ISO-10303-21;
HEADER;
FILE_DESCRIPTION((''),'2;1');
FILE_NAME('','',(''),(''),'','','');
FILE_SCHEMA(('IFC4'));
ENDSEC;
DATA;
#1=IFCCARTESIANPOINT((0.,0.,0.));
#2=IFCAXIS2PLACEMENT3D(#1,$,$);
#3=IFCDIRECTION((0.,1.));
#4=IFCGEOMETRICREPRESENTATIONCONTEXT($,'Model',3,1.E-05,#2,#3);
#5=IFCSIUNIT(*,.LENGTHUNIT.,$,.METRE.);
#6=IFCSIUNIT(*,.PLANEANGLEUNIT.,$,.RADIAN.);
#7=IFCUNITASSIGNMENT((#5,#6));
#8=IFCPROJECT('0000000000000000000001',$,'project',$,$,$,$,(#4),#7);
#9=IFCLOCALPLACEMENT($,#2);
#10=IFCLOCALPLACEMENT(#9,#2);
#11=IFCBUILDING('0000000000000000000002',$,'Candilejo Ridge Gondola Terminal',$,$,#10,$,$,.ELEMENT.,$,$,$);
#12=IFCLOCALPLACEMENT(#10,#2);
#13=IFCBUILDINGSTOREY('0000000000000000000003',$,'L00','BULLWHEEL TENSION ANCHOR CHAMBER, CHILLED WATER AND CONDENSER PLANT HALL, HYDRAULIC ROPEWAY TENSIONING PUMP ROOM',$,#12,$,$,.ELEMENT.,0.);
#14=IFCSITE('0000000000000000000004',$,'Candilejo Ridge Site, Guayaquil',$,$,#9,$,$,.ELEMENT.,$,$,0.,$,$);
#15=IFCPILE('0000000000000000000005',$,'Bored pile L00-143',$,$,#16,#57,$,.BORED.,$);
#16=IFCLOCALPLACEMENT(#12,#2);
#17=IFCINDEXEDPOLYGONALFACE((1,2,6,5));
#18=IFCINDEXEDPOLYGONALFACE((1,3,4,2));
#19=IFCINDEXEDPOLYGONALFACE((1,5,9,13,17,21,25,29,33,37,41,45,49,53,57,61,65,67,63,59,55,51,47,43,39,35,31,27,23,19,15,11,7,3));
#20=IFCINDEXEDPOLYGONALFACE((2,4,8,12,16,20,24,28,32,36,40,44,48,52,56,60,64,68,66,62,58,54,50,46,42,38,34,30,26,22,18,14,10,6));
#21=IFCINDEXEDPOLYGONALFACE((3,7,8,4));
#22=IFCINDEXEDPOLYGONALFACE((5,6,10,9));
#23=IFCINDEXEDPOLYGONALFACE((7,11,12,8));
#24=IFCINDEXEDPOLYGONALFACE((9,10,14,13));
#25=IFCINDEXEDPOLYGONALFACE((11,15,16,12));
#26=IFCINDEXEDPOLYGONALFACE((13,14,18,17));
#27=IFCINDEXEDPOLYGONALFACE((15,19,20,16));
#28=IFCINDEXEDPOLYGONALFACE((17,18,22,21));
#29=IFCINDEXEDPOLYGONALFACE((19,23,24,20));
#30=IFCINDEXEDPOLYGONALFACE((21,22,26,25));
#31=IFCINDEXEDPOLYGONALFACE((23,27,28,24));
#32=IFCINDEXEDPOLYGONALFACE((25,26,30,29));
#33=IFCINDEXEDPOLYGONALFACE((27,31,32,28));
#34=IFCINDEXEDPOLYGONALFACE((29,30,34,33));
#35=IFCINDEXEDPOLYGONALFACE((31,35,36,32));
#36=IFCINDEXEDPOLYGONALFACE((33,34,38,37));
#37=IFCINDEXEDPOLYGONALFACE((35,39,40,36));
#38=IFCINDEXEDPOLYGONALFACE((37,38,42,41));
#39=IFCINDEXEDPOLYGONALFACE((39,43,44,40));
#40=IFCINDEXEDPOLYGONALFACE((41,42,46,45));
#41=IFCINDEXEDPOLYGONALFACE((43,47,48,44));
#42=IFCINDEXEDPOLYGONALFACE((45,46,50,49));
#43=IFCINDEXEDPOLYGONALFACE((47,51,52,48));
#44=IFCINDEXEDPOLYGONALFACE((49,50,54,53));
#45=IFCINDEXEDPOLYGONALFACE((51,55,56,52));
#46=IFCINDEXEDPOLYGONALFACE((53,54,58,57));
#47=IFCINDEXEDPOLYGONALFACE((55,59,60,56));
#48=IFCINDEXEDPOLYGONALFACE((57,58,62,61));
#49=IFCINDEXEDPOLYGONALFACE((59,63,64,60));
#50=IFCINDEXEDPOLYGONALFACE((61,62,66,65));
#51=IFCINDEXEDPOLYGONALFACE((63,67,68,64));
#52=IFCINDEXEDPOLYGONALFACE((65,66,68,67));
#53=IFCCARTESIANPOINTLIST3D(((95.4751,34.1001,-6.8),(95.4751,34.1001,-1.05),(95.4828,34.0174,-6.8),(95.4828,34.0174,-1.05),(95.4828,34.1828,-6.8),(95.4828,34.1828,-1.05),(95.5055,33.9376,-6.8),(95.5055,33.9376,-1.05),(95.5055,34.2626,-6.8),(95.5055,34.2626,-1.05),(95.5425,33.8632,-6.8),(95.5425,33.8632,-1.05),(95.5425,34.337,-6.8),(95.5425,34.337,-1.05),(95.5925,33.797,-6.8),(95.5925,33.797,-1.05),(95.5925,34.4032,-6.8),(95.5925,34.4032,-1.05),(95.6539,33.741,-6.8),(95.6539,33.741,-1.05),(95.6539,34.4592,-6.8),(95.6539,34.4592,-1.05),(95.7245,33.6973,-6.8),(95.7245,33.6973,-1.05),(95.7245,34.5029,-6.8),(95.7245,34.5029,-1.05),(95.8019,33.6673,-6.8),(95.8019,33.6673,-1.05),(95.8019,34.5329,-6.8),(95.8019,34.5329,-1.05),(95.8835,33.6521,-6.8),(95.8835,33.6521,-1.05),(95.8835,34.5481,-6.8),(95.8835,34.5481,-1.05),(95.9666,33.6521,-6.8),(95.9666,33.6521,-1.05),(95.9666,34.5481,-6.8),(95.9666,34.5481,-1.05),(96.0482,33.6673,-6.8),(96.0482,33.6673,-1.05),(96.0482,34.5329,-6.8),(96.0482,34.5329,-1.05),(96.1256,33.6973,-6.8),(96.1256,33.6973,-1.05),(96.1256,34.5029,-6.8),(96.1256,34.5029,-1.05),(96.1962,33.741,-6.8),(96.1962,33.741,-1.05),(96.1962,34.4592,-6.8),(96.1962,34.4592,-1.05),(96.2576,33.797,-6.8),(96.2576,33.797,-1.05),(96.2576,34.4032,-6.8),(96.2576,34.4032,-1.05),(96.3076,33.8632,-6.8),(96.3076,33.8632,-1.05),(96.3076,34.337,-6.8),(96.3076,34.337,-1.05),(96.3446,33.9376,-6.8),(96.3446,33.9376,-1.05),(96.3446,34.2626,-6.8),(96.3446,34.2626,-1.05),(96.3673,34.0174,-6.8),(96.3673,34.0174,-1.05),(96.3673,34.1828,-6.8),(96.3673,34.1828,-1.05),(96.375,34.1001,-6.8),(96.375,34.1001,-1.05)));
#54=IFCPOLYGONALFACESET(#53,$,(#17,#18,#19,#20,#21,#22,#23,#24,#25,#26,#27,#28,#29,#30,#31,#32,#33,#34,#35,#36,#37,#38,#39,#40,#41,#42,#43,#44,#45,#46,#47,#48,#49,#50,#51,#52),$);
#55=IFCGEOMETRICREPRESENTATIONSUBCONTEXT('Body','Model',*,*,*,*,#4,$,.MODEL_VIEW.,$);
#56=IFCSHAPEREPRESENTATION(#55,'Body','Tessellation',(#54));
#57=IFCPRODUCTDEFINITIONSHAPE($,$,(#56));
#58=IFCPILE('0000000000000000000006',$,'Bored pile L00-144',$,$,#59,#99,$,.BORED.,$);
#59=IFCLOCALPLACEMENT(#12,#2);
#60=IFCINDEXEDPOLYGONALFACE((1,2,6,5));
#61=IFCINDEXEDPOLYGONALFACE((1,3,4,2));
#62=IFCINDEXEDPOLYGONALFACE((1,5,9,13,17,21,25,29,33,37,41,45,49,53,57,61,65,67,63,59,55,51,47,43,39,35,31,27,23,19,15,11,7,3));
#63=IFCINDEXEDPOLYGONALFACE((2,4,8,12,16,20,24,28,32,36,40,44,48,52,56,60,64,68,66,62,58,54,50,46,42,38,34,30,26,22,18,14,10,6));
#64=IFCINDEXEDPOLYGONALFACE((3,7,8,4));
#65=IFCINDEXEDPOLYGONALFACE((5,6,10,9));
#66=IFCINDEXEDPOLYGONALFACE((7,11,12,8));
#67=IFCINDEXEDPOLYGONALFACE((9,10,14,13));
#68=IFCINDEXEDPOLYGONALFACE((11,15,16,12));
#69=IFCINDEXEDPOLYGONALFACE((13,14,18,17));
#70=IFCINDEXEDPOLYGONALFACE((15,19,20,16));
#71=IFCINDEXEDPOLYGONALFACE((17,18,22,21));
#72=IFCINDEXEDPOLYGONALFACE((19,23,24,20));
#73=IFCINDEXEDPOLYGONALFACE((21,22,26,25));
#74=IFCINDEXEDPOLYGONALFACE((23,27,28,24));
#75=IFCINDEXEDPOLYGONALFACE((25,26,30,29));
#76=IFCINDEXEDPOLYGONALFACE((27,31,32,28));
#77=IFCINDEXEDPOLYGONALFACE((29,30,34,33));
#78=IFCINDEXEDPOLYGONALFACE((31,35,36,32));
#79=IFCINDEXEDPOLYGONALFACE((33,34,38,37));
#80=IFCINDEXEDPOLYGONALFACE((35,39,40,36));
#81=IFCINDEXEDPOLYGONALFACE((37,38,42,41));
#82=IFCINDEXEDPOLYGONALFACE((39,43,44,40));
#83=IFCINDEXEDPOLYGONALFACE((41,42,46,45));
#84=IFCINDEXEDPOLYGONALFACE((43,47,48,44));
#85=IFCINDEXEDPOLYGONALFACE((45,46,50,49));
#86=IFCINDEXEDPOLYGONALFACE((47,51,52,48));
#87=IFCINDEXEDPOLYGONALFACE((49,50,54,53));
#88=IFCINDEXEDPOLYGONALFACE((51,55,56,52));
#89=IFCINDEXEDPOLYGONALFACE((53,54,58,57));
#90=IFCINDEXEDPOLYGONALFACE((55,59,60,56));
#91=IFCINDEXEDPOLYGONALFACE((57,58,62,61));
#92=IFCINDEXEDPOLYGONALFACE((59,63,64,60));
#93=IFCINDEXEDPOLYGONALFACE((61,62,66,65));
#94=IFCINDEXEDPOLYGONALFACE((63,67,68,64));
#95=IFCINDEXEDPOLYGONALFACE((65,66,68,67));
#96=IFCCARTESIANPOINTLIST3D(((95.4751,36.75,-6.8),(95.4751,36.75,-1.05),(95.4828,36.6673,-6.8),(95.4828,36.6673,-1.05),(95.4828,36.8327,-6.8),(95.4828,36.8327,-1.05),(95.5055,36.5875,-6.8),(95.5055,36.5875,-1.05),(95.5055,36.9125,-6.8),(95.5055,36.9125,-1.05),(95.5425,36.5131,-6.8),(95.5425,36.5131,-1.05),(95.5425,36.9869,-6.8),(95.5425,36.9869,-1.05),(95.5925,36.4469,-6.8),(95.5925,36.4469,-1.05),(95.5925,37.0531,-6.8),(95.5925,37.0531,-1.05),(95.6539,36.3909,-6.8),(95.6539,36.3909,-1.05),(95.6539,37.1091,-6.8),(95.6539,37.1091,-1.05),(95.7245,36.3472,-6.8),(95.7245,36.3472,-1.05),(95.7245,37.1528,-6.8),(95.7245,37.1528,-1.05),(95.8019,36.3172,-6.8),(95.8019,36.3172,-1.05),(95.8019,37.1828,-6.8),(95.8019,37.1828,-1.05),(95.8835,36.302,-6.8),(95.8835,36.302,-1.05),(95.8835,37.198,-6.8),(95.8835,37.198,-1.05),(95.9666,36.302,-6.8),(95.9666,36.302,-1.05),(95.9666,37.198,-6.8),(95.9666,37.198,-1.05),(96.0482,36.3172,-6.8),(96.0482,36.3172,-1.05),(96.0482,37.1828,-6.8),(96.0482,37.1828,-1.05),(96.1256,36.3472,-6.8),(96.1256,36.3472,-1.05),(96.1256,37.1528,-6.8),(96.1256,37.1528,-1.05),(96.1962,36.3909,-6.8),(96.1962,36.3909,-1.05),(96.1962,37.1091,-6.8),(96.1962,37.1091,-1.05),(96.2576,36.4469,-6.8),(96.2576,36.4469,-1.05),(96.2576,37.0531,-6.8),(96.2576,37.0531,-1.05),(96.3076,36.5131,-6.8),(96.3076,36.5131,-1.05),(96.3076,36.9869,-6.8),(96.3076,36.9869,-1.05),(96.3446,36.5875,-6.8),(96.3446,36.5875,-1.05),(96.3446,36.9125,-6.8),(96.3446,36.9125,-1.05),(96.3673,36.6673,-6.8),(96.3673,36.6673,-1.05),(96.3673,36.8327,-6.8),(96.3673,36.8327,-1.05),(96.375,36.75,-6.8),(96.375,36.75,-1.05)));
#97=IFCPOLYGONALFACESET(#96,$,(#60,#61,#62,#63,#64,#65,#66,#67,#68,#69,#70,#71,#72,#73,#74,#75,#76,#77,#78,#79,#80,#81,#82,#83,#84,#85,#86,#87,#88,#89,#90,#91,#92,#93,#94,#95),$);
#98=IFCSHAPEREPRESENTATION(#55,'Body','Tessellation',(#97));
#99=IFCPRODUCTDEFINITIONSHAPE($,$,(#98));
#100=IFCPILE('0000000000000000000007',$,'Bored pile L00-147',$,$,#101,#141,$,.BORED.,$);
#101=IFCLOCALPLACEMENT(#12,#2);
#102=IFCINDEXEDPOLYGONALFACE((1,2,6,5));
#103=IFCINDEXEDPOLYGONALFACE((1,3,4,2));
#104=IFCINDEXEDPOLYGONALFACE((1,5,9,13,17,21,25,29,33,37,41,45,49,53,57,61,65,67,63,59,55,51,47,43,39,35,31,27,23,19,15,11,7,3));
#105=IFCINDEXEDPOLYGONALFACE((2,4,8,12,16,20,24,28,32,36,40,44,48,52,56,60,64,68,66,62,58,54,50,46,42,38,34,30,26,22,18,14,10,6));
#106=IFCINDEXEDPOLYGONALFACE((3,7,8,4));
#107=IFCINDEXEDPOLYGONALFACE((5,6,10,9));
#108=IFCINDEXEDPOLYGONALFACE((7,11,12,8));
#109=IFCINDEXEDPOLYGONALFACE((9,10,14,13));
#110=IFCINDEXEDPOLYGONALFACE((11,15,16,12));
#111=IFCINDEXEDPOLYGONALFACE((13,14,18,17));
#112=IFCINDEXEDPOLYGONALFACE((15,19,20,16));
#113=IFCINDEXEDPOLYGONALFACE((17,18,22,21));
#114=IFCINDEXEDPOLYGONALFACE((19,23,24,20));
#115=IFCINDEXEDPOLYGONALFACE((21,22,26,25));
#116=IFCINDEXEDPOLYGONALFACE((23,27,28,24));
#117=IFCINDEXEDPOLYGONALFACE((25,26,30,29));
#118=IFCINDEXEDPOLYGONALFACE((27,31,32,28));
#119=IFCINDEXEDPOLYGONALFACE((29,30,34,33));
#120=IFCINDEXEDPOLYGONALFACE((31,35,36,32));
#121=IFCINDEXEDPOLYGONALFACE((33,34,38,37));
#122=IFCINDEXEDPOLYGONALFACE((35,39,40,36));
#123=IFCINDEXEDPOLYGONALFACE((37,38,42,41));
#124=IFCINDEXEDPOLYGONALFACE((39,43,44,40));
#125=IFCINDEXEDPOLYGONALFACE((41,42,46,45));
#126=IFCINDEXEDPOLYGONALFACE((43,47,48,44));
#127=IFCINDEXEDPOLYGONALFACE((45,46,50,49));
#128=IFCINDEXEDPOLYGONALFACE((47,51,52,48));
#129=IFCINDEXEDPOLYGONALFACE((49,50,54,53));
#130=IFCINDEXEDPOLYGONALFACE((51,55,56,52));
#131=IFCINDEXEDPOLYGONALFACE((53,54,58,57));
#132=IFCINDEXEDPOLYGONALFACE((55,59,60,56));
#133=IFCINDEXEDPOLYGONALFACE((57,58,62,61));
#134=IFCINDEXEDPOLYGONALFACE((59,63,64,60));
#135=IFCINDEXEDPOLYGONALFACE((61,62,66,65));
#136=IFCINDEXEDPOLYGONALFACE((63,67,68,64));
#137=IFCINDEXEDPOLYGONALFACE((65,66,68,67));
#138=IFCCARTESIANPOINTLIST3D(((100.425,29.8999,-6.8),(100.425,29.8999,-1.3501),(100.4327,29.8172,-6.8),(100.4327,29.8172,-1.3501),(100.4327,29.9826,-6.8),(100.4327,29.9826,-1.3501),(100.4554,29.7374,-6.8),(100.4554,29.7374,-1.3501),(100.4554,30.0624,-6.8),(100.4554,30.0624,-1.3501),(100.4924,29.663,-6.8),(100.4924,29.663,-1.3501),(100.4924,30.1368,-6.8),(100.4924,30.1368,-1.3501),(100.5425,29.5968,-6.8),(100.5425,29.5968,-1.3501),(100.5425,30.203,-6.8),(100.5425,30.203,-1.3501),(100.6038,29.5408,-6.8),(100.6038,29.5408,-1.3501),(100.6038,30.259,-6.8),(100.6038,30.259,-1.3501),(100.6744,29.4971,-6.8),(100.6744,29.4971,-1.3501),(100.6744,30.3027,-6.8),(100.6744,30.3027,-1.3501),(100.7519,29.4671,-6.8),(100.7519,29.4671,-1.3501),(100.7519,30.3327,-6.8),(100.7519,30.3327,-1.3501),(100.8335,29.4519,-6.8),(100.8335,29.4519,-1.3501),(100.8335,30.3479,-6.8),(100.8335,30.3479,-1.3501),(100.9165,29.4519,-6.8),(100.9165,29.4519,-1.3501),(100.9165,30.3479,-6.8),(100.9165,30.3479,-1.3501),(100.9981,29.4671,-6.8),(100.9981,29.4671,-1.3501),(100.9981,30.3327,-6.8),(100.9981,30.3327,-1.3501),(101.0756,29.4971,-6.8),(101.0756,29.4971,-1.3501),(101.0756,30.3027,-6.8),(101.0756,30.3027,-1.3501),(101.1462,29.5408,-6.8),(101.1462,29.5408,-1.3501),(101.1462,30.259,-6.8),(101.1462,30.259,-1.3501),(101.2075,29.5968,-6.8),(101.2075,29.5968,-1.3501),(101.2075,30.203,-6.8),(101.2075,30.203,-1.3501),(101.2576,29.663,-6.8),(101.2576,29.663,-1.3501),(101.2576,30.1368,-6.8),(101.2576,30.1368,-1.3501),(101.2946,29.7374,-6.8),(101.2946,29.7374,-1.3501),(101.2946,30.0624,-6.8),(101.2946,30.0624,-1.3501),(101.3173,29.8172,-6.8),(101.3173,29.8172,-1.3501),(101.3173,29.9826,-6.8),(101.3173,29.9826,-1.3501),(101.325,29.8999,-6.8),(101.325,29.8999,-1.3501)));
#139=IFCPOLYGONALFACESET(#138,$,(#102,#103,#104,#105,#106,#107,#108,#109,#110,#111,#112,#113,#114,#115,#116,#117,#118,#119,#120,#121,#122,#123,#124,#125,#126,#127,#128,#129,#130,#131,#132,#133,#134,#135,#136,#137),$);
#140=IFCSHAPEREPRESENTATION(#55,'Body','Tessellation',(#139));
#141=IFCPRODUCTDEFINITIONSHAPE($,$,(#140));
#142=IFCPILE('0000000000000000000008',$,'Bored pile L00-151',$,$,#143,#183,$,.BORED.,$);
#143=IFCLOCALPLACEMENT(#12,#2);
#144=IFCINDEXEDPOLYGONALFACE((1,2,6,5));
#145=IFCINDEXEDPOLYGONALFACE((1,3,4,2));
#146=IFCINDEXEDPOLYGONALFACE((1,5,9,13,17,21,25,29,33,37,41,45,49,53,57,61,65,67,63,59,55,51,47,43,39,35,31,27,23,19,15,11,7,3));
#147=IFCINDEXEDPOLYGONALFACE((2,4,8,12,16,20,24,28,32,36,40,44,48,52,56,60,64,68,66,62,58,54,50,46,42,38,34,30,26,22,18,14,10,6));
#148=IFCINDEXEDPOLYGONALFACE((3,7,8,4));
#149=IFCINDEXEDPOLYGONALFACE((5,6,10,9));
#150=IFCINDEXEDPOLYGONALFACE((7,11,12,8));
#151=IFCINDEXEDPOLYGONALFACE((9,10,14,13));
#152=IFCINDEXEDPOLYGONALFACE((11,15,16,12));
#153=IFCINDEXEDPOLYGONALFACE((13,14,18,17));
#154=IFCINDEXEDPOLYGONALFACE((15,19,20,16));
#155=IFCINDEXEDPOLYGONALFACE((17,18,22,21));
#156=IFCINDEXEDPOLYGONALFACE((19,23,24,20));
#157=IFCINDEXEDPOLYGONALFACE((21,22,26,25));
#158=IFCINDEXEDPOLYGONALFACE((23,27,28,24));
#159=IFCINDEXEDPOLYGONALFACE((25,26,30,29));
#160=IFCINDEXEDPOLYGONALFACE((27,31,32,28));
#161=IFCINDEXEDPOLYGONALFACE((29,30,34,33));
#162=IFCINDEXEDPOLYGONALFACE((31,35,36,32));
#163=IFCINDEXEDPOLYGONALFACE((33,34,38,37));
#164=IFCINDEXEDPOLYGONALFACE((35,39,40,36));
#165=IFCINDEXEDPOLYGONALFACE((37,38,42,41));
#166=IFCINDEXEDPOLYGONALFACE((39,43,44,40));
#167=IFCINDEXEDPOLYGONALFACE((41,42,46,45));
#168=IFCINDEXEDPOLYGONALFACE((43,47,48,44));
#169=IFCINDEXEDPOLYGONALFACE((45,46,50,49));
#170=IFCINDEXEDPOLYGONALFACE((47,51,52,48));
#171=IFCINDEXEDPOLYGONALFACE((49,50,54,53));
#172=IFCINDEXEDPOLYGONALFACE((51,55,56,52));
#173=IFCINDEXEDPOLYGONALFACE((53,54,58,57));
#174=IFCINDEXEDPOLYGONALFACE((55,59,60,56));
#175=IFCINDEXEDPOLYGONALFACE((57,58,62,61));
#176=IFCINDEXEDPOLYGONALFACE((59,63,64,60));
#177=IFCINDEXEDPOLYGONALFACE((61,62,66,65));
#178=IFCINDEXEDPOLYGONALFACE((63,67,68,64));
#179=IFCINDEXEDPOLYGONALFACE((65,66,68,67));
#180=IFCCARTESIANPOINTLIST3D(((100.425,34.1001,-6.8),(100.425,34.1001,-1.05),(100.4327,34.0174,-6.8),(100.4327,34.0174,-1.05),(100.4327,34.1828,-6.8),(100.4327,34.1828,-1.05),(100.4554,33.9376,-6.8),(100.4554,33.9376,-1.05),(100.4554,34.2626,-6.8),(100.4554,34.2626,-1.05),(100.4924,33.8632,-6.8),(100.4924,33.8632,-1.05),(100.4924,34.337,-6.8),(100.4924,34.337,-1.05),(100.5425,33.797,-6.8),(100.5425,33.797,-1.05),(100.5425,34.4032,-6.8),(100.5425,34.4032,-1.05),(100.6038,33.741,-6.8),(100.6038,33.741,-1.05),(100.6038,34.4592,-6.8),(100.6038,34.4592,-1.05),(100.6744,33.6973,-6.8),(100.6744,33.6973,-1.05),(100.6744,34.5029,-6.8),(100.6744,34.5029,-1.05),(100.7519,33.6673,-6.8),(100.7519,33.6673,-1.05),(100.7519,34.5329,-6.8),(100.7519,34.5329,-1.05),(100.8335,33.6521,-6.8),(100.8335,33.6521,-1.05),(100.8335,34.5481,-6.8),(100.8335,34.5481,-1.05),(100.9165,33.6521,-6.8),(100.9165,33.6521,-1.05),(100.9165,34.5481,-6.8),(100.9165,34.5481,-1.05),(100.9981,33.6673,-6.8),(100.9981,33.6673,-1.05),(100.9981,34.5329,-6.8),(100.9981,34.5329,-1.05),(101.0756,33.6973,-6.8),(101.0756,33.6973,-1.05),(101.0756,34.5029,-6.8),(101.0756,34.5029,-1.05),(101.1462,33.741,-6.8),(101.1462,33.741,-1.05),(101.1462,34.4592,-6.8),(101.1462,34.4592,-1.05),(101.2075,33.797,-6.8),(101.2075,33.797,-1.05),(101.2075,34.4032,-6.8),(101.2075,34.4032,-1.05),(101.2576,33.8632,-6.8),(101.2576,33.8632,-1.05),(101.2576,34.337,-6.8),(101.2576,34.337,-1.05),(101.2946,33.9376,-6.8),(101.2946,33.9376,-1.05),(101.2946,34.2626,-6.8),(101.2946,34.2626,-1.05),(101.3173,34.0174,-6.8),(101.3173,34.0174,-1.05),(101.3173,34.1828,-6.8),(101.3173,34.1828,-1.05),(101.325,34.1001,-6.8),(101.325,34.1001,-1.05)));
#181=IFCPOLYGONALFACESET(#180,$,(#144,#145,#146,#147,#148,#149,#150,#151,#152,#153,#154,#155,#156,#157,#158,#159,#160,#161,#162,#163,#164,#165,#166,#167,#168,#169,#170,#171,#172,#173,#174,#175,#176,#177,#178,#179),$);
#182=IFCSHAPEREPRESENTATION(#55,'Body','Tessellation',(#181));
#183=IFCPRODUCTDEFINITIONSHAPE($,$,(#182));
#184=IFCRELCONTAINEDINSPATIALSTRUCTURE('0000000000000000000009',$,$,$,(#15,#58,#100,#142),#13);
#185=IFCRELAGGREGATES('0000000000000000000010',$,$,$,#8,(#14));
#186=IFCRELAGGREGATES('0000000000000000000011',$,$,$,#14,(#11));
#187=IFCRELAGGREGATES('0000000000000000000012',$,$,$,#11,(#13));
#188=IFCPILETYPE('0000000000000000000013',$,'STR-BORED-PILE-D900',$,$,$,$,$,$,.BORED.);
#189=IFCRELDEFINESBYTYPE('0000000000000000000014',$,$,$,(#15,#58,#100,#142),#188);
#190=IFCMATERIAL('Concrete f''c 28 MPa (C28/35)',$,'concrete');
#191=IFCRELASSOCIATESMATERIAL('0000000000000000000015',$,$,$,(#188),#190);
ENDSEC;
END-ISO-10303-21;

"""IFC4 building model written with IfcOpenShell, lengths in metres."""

from ifc_helpers import new_model, si_unit, direction, frame, origin, origin_2d, place, context, subcontext, project, spatial, circle, extrude, material, material_profile, profile_set, type_object, element, save


model = new_model("IFC4")

# Units and contexts
model_context = context("Model", 3, precision=1e-05, world=origin(), true_north=direction((0.0, 1.0)))
body_context = subcontext(model_context, "Body", "Model", "MODEL_VIEW")
ifc_project = project(units=[si_unit("LENGTHUNIT", "METRE"), si_unit("PLANEANGLEUNIT", "RADIAN")], contexts=[model_context])

# Site, building, storey
site_placement = place(None, origin())
site = spatial("IfcSite", under=ifc_project, at=site_placement, Name="Candilejo Ridge Site, Guayaquil", CompositionType="ELEMENT", RefElevation=0.0)
building_placement = place(site_placement, origin())
building = spatial("IfcBuilding", under=site, at=building_placement, Name="Candilejo Ridge Gondola Terminal", CompositionType="ELEMENT")
storey_placement = place(building_placement, origin())
storey = spatial("IfcBuildingStorey", under=building, at=storey_placement, Name="L00", Description="BULLWHEEL TENSION ANCHOR CHAMBER, CHILLED WATER AND CONDENSER PLANT HALL, HYDRAULIC ROPEWAY TENSIONING PUMP ROOM", CompositionType="ELEMENT", Elevation=0.0)

# Piles
ifc_material_1 = material(Name="Concrete f'c 28 MPa (C28/35)", Category="concrete")
ifc_material_profile_1 = material_profile(ifc_material_1, circle(Radius=0.45, at=origin_2d()))
ifc_profile_set_1 = profile_set([ifc_material_profile_1], Name="Concrete f'c 28 MPa (C28/35)")
pile_type = type_object("IfcPileType", Name="STR-BORED-PILE-D900", PredefinedType="BORED", material=ifc_profile_set_1)
for number, where, z_axis, x_axis, name in (
    (1, (95.925, 34.1001, -1.05), (0.0, 0.0, -1.0), (1.0, 0.0, 0.0), "Bored pile L00-143"),
    (2, (95.925, 36.75, -1.05), (0.0, 0.0, -1.0), (1.0, 0.0, 0.0), "Bored pile L00-144"),
):
    element("IfcPile", number, at=place(storey_placement, frame(where, z_axis=z_axis, x_axis=x_axis)), inside=storey, type_object=pile_type, Name=name, PredefinedType="BORED", context=body_context, shape_type="SweptSolid", body=[
        extrude(circle(Radius=0.45, at=origin_2d()), origin(), (0.0, 0.0, 1.0), 5.75),
    ])
pile_placement = place(storey_placement, frame((100.875, 29.8999, -1.3501), z_axis=(0.0, 0.0, -1.0), x_axis=(1.0, 0.0, 0.0)))
element("IfcPile", 3, at=pile_placement, inside=storey, type_object=pile_type, Name="Bored pile L00-147", PredefinedType="BORED", context=body_context, shape_type="SweptSolid", body=[
    extrude(circle(Radius=0.45, at=origin_2d()), origin(), (0.0, 0.0, 1.0), 5.45),
])
for number, where, z_axis, x_axis, name in (
    (4, (100.875, 34.1001, -1.05), (0.0, 0.0, -1.0), (1.0, 0.0, 0.0), "Bored pile L00-151"),
):
    element("IfcPile", number, at=place(storey_placement, frame(where, z_axis=z_axis, x_axis=x_axis)), inside=storey, type_object=pile_type, Name=name, PredefinedType="BORED", context=body_context, shape_type="SweptSolid", body=[
        extrude(circle(Radius=0.45, at=origin_2d()), origin(), (0.0, 0.0, 1.0), 5.75),
    ])

save(model, "model.ifc")
